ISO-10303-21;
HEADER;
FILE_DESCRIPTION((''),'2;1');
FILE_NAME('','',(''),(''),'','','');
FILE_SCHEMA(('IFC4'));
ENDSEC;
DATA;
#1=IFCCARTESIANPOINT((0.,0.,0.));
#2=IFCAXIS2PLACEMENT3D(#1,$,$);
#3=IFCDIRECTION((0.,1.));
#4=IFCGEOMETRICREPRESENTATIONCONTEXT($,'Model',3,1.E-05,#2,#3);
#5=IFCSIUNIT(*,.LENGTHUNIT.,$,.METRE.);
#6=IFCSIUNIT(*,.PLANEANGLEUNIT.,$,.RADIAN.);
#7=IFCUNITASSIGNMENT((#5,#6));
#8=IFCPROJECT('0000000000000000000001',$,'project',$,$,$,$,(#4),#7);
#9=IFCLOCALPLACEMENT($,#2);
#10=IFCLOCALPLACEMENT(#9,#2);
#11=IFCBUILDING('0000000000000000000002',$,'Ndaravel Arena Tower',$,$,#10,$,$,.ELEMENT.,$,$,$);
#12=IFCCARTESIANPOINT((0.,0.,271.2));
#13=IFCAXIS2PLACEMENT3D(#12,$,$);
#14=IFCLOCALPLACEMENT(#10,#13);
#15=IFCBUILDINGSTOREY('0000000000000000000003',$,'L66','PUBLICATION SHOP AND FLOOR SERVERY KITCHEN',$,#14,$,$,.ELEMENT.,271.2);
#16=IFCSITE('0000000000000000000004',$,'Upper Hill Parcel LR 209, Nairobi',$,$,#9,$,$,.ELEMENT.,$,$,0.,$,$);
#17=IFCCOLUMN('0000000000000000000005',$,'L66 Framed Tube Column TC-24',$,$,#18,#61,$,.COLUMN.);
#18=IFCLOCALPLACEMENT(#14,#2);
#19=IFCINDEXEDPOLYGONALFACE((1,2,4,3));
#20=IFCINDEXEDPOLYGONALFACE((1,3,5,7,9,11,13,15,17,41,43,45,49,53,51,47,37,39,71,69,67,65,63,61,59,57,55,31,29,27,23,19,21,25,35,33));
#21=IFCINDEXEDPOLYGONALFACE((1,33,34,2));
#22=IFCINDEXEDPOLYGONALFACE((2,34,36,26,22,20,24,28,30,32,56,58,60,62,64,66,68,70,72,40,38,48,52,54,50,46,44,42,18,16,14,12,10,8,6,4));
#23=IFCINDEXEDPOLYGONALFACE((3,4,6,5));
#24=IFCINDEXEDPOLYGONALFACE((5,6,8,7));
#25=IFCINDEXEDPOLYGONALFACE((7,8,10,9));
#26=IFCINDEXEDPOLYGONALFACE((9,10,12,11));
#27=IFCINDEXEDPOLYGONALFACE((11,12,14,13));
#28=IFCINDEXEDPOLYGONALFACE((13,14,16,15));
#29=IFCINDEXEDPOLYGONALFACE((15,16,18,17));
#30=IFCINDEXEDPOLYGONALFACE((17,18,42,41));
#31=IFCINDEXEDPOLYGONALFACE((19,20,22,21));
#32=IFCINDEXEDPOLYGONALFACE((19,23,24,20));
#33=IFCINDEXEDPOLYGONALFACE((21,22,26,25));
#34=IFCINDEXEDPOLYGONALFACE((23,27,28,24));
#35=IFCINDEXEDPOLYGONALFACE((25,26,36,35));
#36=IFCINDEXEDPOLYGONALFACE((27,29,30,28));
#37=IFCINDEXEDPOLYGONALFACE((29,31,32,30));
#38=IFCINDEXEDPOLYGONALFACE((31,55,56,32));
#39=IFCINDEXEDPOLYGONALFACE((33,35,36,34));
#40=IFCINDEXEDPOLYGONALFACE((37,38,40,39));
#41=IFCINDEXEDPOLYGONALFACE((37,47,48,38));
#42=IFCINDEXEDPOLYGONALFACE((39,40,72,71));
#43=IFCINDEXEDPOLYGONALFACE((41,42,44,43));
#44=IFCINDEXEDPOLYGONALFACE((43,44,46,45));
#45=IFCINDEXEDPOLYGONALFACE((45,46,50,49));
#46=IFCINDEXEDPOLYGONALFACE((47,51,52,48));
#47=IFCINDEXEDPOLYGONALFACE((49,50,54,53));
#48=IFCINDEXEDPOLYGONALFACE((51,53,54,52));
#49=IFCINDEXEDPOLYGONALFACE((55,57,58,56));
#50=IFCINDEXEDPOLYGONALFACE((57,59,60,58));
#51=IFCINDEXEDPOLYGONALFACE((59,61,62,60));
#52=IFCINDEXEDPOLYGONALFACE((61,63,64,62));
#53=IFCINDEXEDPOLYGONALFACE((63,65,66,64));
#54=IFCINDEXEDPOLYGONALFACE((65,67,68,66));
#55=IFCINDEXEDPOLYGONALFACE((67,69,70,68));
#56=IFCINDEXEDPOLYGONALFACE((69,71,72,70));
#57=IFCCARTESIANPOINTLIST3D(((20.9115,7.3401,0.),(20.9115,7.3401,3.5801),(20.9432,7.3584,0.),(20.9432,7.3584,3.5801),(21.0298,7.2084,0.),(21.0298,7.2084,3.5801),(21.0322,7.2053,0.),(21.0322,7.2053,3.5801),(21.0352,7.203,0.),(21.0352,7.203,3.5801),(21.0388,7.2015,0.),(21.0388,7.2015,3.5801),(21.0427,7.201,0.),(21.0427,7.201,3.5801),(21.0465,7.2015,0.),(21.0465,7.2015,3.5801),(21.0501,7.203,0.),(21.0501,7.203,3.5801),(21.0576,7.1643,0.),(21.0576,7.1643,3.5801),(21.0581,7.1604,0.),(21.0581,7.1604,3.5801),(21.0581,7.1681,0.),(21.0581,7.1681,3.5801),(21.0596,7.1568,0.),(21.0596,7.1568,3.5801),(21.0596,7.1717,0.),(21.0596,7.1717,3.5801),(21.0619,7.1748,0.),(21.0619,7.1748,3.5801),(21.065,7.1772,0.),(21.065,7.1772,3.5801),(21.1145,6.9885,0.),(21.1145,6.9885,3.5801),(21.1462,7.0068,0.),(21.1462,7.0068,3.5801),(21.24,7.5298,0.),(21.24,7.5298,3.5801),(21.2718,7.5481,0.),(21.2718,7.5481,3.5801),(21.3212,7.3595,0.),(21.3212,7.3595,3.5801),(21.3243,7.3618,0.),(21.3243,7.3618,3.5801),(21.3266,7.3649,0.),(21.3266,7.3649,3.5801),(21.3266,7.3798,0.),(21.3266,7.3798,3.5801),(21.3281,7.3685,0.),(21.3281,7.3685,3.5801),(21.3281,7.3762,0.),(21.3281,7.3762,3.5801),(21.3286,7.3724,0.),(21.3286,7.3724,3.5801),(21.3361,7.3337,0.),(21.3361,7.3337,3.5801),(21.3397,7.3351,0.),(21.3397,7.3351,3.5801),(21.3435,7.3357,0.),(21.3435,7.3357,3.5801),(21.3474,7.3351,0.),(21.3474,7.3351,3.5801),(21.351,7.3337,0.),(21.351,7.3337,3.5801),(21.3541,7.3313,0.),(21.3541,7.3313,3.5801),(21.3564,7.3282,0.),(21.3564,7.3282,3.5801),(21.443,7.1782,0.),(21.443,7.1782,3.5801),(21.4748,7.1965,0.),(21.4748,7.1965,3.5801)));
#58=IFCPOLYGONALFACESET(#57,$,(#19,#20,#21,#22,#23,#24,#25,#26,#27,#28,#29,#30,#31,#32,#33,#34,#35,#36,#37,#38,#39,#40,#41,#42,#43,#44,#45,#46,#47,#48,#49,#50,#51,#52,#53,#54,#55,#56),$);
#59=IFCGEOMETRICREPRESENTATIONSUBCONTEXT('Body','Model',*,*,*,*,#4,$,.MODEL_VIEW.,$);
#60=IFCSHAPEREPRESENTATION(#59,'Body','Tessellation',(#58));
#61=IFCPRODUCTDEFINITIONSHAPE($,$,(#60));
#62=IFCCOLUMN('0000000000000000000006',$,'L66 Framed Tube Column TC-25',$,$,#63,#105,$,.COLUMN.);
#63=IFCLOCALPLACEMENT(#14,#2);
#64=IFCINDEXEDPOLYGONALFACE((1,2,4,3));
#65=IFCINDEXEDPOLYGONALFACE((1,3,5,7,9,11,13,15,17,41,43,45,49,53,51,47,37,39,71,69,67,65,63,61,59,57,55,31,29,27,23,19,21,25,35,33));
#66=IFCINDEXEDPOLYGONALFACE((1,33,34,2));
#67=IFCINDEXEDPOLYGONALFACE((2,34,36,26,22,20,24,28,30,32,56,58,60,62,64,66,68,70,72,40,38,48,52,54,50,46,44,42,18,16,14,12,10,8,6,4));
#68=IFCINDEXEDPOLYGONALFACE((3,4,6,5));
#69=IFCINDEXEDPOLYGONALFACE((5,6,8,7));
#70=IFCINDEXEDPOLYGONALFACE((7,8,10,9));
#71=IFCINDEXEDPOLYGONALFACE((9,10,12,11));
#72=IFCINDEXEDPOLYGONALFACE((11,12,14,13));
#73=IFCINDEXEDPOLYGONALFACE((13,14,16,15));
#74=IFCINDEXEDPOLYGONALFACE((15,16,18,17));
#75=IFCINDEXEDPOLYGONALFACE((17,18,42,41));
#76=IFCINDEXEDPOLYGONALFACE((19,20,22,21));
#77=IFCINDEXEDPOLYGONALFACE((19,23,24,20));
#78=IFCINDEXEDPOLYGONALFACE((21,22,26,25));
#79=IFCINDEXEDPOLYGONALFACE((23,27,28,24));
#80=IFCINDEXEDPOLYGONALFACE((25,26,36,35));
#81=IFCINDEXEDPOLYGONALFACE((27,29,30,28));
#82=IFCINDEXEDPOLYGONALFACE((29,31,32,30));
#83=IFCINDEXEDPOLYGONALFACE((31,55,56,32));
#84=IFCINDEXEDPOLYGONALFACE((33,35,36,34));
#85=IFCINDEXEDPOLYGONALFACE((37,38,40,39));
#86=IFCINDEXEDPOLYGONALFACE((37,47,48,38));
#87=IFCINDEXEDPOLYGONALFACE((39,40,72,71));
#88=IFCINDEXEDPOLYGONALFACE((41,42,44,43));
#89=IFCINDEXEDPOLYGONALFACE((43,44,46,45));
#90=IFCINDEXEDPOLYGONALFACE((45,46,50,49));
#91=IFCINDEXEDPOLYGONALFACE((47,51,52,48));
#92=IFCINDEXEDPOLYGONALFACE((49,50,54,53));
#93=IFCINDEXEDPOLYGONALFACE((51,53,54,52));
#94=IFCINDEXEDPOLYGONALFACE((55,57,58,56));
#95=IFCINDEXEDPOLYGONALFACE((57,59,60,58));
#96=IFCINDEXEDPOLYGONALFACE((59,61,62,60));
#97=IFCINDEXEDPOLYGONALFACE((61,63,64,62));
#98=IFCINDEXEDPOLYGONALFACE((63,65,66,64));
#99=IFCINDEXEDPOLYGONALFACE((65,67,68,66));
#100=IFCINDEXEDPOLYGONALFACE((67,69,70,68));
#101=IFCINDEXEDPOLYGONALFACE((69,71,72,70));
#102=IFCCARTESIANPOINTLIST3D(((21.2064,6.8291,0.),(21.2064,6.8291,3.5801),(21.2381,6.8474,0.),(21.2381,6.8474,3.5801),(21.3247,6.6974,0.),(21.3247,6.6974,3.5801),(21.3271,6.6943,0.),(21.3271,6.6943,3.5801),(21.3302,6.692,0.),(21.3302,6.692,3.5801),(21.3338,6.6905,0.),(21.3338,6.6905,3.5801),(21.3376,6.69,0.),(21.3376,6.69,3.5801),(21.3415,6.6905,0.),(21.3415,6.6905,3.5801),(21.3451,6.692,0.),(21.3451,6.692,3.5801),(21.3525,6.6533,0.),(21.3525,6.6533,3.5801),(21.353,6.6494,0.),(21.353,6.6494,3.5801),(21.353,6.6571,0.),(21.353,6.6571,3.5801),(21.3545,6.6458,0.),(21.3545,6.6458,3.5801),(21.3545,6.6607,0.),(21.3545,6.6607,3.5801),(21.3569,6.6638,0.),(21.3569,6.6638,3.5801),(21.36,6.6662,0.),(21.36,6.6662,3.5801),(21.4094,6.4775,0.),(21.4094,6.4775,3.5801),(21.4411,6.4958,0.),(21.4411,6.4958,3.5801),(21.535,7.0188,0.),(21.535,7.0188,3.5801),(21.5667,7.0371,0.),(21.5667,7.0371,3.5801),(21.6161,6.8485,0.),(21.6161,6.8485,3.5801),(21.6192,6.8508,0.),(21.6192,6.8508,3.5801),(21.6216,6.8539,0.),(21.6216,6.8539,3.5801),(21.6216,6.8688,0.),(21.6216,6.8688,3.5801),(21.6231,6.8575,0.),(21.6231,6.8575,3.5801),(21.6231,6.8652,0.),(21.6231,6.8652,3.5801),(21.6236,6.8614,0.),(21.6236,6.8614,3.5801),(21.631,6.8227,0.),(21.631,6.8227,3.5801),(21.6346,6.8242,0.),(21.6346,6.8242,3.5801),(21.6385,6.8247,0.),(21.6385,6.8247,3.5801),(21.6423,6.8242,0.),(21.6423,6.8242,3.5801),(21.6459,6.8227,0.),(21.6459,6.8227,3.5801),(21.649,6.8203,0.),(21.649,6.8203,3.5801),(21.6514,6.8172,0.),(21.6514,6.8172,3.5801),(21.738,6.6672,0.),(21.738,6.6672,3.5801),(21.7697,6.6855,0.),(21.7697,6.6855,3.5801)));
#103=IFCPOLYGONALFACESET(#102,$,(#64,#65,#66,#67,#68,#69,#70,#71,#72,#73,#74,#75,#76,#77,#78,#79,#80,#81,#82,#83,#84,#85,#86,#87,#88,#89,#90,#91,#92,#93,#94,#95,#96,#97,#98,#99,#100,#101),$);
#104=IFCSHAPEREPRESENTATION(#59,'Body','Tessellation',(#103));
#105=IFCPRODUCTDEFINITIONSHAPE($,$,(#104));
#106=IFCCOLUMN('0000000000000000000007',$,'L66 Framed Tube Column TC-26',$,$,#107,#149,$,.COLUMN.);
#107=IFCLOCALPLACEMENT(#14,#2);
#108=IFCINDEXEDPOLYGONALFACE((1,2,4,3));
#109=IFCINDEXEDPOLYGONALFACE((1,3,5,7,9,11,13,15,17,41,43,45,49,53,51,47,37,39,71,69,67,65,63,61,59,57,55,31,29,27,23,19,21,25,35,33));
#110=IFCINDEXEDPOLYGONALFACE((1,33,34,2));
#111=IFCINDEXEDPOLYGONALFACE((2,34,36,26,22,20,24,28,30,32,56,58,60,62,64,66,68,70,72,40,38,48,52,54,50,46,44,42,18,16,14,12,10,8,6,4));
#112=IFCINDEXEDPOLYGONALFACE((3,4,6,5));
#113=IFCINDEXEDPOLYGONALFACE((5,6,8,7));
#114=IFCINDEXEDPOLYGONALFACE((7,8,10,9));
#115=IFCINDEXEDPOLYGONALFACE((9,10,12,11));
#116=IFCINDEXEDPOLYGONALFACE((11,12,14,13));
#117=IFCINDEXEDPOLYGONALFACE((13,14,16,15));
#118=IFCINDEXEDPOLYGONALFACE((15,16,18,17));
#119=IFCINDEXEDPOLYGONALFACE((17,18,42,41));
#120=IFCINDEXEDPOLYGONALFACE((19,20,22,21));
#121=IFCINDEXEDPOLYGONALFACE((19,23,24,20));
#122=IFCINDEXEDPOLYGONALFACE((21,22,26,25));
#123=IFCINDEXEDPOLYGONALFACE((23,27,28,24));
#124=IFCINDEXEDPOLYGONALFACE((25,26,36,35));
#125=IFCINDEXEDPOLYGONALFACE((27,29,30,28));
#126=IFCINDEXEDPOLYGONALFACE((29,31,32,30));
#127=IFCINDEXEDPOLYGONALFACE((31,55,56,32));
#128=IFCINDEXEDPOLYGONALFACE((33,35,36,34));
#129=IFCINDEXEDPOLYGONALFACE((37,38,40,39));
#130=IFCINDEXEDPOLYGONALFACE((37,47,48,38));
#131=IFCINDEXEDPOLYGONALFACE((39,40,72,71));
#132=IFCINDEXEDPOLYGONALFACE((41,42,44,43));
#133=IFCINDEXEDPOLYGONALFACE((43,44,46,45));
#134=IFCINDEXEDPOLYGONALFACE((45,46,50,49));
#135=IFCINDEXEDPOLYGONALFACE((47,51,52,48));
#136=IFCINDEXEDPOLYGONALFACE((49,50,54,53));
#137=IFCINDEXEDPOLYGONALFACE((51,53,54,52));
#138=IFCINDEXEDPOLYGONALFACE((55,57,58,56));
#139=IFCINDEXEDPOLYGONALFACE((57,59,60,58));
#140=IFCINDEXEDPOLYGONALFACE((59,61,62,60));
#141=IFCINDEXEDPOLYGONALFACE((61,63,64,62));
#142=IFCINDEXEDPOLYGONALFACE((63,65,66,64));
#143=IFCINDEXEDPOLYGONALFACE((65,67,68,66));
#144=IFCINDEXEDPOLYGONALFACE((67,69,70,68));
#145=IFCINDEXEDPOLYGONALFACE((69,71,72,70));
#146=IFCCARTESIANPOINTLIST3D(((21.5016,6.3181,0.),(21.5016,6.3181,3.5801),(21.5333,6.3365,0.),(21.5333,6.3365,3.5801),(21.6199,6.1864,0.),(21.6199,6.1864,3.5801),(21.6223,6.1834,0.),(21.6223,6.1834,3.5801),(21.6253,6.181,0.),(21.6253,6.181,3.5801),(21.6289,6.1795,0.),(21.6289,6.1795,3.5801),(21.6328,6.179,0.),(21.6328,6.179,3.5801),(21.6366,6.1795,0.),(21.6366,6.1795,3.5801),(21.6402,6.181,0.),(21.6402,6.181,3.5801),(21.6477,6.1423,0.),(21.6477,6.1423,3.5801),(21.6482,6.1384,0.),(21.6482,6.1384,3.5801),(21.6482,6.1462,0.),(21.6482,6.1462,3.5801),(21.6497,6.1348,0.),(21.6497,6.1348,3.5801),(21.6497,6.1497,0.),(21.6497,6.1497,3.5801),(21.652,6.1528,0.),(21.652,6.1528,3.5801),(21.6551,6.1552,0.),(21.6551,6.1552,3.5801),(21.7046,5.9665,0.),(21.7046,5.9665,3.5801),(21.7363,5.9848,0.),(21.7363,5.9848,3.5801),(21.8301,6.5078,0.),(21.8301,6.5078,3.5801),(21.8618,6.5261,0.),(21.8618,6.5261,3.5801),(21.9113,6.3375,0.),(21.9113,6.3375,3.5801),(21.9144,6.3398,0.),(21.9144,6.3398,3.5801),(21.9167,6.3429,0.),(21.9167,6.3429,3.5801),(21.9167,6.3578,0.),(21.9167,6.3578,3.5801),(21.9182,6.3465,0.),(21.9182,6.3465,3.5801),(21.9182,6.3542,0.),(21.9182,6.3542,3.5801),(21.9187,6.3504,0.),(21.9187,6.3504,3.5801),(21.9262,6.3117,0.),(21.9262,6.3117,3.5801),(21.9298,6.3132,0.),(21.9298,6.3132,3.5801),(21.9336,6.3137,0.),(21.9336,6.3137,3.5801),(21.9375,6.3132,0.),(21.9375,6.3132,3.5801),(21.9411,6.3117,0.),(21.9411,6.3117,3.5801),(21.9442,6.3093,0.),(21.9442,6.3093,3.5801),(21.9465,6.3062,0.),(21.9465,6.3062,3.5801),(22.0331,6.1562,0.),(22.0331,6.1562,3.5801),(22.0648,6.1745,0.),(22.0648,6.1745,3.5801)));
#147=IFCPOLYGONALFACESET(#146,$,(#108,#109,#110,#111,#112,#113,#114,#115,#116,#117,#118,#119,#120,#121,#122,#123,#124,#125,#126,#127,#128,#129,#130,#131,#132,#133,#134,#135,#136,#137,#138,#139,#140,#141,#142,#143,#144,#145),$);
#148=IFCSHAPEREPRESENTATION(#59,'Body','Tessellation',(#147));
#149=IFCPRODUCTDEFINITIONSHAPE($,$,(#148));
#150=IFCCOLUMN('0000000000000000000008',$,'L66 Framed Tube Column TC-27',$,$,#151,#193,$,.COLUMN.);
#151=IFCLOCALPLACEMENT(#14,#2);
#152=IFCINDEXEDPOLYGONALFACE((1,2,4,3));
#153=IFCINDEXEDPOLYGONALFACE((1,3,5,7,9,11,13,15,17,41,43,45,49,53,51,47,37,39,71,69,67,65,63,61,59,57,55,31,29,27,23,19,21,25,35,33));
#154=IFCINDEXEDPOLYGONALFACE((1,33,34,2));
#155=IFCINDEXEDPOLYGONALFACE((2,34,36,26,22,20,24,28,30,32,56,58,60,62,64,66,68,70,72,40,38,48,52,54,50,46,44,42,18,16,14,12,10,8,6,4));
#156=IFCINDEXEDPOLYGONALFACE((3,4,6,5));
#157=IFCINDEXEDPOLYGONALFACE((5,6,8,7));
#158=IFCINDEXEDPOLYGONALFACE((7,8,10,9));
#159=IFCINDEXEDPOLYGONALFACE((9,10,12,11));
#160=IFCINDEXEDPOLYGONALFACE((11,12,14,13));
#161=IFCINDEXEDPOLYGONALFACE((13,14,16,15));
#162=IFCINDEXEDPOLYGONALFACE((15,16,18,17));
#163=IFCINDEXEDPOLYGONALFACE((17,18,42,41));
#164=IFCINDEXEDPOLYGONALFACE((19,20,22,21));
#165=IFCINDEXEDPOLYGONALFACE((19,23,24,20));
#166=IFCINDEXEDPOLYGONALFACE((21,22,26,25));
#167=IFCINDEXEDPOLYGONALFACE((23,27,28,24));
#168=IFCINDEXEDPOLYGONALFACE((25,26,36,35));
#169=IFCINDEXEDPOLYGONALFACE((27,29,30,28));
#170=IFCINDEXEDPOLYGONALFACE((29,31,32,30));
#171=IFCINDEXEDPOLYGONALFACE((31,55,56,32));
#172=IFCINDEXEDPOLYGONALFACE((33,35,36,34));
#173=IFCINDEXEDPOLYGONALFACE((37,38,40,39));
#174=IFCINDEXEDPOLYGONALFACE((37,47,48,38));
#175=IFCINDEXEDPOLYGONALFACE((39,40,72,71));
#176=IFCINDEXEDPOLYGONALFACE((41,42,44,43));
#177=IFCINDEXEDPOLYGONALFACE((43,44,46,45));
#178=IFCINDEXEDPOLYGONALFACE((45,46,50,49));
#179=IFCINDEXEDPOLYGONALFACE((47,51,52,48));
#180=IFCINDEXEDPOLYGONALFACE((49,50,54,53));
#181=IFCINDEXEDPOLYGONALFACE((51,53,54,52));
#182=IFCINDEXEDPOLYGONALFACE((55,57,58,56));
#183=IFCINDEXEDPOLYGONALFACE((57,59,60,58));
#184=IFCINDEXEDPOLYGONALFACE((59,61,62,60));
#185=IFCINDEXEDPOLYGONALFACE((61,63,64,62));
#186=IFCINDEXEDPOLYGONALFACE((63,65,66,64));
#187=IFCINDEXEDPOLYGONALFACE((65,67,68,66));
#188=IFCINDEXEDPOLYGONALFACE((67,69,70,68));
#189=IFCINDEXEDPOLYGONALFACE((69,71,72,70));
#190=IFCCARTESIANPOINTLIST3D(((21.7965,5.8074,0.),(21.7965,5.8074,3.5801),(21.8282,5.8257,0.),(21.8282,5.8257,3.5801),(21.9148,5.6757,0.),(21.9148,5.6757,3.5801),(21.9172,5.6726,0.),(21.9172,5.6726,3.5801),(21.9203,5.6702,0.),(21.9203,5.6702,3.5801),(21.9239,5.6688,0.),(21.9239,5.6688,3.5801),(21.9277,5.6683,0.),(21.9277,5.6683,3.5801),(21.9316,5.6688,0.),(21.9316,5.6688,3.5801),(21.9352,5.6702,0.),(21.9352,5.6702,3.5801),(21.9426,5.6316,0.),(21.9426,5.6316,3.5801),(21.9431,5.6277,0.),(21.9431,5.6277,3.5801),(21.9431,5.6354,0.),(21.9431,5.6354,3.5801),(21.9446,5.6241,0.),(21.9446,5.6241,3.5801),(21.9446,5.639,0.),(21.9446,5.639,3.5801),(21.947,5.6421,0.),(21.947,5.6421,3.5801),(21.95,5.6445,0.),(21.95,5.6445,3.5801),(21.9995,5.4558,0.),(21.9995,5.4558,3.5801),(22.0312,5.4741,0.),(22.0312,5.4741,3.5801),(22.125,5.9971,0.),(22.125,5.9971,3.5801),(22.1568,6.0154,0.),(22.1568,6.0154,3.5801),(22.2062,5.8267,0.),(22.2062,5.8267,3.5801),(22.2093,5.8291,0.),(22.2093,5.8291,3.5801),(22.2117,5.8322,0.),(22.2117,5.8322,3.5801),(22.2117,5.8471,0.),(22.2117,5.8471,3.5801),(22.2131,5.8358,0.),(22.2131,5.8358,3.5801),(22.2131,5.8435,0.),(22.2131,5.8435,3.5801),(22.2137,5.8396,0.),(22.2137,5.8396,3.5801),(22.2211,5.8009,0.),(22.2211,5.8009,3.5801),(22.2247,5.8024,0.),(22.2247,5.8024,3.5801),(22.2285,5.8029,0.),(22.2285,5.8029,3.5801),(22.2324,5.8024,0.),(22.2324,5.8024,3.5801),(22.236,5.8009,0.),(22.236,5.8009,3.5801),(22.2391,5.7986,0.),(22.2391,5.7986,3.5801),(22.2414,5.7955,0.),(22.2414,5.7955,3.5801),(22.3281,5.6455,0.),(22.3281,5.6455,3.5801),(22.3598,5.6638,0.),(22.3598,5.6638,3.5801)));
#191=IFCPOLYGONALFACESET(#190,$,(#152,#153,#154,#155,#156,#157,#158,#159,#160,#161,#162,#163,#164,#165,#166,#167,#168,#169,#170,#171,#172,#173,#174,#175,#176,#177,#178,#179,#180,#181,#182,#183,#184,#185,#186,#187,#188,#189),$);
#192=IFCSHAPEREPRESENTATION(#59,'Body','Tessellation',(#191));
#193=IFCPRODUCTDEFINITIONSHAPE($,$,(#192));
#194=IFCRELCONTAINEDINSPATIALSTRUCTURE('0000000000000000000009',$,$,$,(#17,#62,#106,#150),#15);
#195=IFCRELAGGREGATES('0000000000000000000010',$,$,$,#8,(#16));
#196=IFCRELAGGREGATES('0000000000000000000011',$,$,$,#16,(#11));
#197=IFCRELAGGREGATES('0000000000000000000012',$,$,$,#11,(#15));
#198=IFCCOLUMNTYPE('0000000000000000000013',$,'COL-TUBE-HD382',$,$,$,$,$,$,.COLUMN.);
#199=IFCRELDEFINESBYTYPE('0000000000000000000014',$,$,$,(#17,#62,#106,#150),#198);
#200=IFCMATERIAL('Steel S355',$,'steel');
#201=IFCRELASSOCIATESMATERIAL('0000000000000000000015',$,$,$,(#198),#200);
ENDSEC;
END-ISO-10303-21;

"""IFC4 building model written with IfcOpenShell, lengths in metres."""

from ifc_helpers import new_model, si_unit, direction, frame, origin, origin_2d, place, context, subcontext, project, spatial, i_section, extrude, material, material_profile, profile_set, type_object, element, save


model = new_model("IFC4")

# Units and contexts
model_context = context("Model", 3, precision=1e-05, world=origin(), true_north=direction((0.0, 1.0)))
body_context = subcontext(model_context, "Body", "Model", "MODEL_VIEW")
ifc_project = project(units=[si_unit("LENGTHUNIT", "METRE"), si_unit("PLANEANGLEUNIT", "RADIAN")], contexts=[model_context])

# Site, building, storey
site_placement = place(None, origin())
site = spatial("IfcSite", under=ifc_project, at=site_placement, Name="Upper Hill Parcel LR 209, Nairobi", CompositionType="ELEMENT", RefElevation=0.0)
building_placement = place(site_placement, origin())
building = spatial("IfcBuilding", under=site, at=building_placement, Name="Ndaravel Arena Tower", CompositionType="ELEMENT")
storey_placement = place(building_placement, frame((0.0, 0.0, 271.2)))
storey = spatial("IfcBuildingStorey", under=building, at=storey_placement, Name="L66", Description="PUBLICATION SHOP AND FLOOR SERVERY KITCHEN", CompositionType="ELEMENT", Elevation=271.2)

# Columns
ifc_material_1 = material(Name="Steel S355", Category="steel")
ifc_material_profile_1 = material_profile(ifc_material_1, i_section(OverallWidth=0.406, OverallDepth=0.416, WebThickness=0.0298, FlangeThickness=0.0366, FilletRadius=0.0149, at=origin_2d()), Name="HD 400x382")
ifc_profile_set_1 = profile_set([ifc_material_profile_1], Name="Steel S355")
column_type = type_object("IfcColumnType", Name="COL-TUBE-HD382", PredefinedType="COLUMN", material=ifc_profile_set_1)
for number, where, z_axis, x_axis, name in (
    (1, (21.1931, 7.2683, 0.0), (0.0, 0.0, 1.0), (-0.5, 0.866025, 0.0), "L66 Framed Tube Column TC-24"),
    (2, (21.488, 6.7573, 0.0), (0.0, 0.0, 1.0), (-0.5, 0.866025, 0.0), "L66 Framed Tube Column TC-25"),
    (3, (21.7832, 6.2463, 0.0), (0.0, 0.0, 1.0), (-0.5, 0.866025, 0.0), "L66 Framed Tube Column TC-26"),
    (4, (22.0781, 5.7356, 0.0), (0.0, 0.0, 1.0), (-0.5, 0.866025, 0.0), "L66 Framed Tube Column TC-27"),
):
    element("IfcColumn", number, at=place(storey_placement, frame(where, z_axis=z_axis, x_axis=x_axis)), inside=storey, type_object=column_type, Name=name, PredefinedType="COLUMN", context=body_context, shape_type="SweptSolid", body=[
        extrude(i_section(OverallWidth=0.406, OverallDepth=0.416, WebThickness=0.0298, FlangeThickness=0.0366, FilletRadius=0.0149, at=origin_2d()), origin(), (0.0, 0.0, 1.0), 3.5801),
    ])

save(model, "model.ifc")
